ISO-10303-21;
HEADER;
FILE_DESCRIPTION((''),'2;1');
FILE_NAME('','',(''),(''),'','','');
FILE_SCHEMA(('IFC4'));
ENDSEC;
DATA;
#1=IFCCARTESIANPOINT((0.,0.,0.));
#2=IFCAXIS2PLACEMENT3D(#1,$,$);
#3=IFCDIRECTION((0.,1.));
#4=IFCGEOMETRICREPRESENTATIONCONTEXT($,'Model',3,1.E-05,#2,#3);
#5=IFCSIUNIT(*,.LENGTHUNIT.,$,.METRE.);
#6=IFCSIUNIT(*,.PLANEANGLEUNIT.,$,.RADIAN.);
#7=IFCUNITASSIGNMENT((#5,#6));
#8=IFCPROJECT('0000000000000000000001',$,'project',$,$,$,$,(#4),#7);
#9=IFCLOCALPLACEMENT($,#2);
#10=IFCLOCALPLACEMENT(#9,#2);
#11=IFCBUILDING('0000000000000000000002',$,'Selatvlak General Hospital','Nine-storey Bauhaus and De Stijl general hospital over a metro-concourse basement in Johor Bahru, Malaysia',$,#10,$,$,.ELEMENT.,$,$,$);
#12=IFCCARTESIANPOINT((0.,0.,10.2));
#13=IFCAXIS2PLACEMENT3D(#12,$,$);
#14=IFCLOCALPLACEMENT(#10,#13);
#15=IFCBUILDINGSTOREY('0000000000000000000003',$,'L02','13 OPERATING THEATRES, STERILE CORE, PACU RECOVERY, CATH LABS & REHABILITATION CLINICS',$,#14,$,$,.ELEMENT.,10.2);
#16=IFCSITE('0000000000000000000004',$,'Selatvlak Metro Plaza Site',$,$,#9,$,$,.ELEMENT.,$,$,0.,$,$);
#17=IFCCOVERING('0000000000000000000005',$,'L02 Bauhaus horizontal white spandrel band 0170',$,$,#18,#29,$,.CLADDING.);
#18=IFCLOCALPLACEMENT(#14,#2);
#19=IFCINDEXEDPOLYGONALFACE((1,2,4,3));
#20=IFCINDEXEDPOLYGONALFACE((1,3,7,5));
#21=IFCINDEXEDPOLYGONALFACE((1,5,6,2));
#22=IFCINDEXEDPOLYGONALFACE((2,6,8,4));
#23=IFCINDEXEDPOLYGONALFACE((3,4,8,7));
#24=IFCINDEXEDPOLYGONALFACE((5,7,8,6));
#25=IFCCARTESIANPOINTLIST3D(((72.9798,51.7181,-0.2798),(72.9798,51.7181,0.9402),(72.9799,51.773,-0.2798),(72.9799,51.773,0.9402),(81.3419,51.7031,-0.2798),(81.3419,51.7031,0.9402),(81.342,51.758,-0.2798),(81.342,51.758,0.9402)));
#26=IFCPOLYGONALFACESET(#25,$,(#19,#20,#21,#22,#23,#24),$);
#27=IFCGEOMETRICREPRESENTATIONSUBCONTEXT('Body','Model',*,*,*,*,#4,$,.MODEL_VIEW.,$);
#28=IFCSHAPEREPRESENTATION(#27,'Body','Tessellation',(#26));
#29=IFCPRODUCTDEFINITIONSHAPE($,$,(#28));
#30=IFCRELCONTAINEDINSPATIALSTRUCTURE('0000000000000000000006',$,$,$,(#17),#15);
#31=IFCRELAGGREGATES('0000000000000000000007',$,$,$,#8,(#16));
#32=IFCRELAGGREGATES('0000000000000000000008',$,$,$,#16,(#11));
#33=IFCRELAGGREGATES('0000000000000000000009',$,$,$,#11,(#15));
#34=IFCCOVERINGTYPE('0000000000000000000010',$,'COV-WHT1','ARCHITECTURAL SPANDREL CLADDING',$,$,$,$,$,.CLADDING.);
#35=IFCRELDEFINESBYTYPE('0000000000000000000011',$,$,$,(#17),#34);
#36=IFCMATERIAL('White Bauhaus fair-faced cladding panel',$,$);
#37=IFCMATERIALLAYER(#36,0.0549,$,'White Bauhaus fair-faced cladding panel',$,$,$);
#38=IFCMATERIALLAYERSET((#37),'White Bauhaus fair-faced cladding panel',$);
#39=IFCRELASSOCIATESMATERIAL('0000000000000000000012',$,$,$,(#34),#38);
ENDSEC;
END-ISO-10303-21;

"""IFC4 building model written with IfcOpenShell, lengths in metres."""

from ifc_helpers import new_model, si_unit, direction, frame, origin, origin_2d, place, context, subcontext, project, spatial, rectangle, extrude, material, layer, layer_set, type_object, element, save


model = new_model("IFC4")

# Units and contexts
model_context = context("Model", 3, precision=1e-05, world=origin(), true_north=direction((0.0, 1.0)))
body_context = subcontext(model_context, "Body", "Model", "MODEL_VIEW")
ifc_project = project(units=[si_unit("LENGTHUNIT", "METRE"), si_unit("PLANEANGLEUNIT", "RADIAN")], contexts=[model_context])

# Site, building, storey
site_placement = place(None, origin())
site = spatial("IfcSite", under=ifc_project, at=site_placement, Name="Selatvlak Metro Plaza Site", CompositionType="ELEMENT", RefElevation=0.0)
building_placement = place(site_placement, origin())
building = spatial("IfcBuilding", under=site, at=building_placement, Name="Selatvlak General Hospital", Description="Nine-storey Bauhaus and De Stijl general hospital over a metro-concourse basement in Johor Bahru, Malaysia", CompositionType="ELEMENT")
storey_placement = place(building_placement, frame((0.0, 0.0, 10.2)))
storey = spatial("IfcBuildingStorey", under=building, at=storey_placement, Name="L02", Description="13 OPERATING THEATRES, STERILE CORE, PACU RECOVERY, CATH LABS & REHABILITATION CLINICS", CompositionType="ELEMENT", Elevation=10.2)

# Covering
ifc_material_1 = material(Name="White Bauhaus fair-faced cladding panel")
ifc_layer_1 = layer(ifc_material_1, 0.0549, Name="White Bauhaus fair-faced cladding panel")
ifc_layer_set_1 = layer_set([ifc_layer_1], Name="White Bauhaus fair-faced cladding panel")
covering_type_1 = type_object("IfcCoveringType", Name="COV-WHT1", Description="ARCHITECTURAL SPANDREL CLADDING", PredefinedType="CLADDING", material=ifc_layer_set_1)
covering_1_placement = place(storey_placement, frame((77.1609, 51.738, -0.2798), z_axis=(0.0, 0.0, 1.0), x_axis=(-0.999998, 0.001798, 0.0)))
element("IfcCovering", 1, at=covering_1_placement, inside=storey, type_object=covering_type_1, Name="L02 Bauhaus horizontal white spandrel band 0170", PredefinedType="CLADDING", context=body_context, shape_type="SweptSolid", body=[
    extrude(rectangle(XDim=8.3621, YDim=0.0549, at=origin_2d()), origin(), (0.0, 0.0, 1.0), 1.22),
])

save(model, "model.ifc")
